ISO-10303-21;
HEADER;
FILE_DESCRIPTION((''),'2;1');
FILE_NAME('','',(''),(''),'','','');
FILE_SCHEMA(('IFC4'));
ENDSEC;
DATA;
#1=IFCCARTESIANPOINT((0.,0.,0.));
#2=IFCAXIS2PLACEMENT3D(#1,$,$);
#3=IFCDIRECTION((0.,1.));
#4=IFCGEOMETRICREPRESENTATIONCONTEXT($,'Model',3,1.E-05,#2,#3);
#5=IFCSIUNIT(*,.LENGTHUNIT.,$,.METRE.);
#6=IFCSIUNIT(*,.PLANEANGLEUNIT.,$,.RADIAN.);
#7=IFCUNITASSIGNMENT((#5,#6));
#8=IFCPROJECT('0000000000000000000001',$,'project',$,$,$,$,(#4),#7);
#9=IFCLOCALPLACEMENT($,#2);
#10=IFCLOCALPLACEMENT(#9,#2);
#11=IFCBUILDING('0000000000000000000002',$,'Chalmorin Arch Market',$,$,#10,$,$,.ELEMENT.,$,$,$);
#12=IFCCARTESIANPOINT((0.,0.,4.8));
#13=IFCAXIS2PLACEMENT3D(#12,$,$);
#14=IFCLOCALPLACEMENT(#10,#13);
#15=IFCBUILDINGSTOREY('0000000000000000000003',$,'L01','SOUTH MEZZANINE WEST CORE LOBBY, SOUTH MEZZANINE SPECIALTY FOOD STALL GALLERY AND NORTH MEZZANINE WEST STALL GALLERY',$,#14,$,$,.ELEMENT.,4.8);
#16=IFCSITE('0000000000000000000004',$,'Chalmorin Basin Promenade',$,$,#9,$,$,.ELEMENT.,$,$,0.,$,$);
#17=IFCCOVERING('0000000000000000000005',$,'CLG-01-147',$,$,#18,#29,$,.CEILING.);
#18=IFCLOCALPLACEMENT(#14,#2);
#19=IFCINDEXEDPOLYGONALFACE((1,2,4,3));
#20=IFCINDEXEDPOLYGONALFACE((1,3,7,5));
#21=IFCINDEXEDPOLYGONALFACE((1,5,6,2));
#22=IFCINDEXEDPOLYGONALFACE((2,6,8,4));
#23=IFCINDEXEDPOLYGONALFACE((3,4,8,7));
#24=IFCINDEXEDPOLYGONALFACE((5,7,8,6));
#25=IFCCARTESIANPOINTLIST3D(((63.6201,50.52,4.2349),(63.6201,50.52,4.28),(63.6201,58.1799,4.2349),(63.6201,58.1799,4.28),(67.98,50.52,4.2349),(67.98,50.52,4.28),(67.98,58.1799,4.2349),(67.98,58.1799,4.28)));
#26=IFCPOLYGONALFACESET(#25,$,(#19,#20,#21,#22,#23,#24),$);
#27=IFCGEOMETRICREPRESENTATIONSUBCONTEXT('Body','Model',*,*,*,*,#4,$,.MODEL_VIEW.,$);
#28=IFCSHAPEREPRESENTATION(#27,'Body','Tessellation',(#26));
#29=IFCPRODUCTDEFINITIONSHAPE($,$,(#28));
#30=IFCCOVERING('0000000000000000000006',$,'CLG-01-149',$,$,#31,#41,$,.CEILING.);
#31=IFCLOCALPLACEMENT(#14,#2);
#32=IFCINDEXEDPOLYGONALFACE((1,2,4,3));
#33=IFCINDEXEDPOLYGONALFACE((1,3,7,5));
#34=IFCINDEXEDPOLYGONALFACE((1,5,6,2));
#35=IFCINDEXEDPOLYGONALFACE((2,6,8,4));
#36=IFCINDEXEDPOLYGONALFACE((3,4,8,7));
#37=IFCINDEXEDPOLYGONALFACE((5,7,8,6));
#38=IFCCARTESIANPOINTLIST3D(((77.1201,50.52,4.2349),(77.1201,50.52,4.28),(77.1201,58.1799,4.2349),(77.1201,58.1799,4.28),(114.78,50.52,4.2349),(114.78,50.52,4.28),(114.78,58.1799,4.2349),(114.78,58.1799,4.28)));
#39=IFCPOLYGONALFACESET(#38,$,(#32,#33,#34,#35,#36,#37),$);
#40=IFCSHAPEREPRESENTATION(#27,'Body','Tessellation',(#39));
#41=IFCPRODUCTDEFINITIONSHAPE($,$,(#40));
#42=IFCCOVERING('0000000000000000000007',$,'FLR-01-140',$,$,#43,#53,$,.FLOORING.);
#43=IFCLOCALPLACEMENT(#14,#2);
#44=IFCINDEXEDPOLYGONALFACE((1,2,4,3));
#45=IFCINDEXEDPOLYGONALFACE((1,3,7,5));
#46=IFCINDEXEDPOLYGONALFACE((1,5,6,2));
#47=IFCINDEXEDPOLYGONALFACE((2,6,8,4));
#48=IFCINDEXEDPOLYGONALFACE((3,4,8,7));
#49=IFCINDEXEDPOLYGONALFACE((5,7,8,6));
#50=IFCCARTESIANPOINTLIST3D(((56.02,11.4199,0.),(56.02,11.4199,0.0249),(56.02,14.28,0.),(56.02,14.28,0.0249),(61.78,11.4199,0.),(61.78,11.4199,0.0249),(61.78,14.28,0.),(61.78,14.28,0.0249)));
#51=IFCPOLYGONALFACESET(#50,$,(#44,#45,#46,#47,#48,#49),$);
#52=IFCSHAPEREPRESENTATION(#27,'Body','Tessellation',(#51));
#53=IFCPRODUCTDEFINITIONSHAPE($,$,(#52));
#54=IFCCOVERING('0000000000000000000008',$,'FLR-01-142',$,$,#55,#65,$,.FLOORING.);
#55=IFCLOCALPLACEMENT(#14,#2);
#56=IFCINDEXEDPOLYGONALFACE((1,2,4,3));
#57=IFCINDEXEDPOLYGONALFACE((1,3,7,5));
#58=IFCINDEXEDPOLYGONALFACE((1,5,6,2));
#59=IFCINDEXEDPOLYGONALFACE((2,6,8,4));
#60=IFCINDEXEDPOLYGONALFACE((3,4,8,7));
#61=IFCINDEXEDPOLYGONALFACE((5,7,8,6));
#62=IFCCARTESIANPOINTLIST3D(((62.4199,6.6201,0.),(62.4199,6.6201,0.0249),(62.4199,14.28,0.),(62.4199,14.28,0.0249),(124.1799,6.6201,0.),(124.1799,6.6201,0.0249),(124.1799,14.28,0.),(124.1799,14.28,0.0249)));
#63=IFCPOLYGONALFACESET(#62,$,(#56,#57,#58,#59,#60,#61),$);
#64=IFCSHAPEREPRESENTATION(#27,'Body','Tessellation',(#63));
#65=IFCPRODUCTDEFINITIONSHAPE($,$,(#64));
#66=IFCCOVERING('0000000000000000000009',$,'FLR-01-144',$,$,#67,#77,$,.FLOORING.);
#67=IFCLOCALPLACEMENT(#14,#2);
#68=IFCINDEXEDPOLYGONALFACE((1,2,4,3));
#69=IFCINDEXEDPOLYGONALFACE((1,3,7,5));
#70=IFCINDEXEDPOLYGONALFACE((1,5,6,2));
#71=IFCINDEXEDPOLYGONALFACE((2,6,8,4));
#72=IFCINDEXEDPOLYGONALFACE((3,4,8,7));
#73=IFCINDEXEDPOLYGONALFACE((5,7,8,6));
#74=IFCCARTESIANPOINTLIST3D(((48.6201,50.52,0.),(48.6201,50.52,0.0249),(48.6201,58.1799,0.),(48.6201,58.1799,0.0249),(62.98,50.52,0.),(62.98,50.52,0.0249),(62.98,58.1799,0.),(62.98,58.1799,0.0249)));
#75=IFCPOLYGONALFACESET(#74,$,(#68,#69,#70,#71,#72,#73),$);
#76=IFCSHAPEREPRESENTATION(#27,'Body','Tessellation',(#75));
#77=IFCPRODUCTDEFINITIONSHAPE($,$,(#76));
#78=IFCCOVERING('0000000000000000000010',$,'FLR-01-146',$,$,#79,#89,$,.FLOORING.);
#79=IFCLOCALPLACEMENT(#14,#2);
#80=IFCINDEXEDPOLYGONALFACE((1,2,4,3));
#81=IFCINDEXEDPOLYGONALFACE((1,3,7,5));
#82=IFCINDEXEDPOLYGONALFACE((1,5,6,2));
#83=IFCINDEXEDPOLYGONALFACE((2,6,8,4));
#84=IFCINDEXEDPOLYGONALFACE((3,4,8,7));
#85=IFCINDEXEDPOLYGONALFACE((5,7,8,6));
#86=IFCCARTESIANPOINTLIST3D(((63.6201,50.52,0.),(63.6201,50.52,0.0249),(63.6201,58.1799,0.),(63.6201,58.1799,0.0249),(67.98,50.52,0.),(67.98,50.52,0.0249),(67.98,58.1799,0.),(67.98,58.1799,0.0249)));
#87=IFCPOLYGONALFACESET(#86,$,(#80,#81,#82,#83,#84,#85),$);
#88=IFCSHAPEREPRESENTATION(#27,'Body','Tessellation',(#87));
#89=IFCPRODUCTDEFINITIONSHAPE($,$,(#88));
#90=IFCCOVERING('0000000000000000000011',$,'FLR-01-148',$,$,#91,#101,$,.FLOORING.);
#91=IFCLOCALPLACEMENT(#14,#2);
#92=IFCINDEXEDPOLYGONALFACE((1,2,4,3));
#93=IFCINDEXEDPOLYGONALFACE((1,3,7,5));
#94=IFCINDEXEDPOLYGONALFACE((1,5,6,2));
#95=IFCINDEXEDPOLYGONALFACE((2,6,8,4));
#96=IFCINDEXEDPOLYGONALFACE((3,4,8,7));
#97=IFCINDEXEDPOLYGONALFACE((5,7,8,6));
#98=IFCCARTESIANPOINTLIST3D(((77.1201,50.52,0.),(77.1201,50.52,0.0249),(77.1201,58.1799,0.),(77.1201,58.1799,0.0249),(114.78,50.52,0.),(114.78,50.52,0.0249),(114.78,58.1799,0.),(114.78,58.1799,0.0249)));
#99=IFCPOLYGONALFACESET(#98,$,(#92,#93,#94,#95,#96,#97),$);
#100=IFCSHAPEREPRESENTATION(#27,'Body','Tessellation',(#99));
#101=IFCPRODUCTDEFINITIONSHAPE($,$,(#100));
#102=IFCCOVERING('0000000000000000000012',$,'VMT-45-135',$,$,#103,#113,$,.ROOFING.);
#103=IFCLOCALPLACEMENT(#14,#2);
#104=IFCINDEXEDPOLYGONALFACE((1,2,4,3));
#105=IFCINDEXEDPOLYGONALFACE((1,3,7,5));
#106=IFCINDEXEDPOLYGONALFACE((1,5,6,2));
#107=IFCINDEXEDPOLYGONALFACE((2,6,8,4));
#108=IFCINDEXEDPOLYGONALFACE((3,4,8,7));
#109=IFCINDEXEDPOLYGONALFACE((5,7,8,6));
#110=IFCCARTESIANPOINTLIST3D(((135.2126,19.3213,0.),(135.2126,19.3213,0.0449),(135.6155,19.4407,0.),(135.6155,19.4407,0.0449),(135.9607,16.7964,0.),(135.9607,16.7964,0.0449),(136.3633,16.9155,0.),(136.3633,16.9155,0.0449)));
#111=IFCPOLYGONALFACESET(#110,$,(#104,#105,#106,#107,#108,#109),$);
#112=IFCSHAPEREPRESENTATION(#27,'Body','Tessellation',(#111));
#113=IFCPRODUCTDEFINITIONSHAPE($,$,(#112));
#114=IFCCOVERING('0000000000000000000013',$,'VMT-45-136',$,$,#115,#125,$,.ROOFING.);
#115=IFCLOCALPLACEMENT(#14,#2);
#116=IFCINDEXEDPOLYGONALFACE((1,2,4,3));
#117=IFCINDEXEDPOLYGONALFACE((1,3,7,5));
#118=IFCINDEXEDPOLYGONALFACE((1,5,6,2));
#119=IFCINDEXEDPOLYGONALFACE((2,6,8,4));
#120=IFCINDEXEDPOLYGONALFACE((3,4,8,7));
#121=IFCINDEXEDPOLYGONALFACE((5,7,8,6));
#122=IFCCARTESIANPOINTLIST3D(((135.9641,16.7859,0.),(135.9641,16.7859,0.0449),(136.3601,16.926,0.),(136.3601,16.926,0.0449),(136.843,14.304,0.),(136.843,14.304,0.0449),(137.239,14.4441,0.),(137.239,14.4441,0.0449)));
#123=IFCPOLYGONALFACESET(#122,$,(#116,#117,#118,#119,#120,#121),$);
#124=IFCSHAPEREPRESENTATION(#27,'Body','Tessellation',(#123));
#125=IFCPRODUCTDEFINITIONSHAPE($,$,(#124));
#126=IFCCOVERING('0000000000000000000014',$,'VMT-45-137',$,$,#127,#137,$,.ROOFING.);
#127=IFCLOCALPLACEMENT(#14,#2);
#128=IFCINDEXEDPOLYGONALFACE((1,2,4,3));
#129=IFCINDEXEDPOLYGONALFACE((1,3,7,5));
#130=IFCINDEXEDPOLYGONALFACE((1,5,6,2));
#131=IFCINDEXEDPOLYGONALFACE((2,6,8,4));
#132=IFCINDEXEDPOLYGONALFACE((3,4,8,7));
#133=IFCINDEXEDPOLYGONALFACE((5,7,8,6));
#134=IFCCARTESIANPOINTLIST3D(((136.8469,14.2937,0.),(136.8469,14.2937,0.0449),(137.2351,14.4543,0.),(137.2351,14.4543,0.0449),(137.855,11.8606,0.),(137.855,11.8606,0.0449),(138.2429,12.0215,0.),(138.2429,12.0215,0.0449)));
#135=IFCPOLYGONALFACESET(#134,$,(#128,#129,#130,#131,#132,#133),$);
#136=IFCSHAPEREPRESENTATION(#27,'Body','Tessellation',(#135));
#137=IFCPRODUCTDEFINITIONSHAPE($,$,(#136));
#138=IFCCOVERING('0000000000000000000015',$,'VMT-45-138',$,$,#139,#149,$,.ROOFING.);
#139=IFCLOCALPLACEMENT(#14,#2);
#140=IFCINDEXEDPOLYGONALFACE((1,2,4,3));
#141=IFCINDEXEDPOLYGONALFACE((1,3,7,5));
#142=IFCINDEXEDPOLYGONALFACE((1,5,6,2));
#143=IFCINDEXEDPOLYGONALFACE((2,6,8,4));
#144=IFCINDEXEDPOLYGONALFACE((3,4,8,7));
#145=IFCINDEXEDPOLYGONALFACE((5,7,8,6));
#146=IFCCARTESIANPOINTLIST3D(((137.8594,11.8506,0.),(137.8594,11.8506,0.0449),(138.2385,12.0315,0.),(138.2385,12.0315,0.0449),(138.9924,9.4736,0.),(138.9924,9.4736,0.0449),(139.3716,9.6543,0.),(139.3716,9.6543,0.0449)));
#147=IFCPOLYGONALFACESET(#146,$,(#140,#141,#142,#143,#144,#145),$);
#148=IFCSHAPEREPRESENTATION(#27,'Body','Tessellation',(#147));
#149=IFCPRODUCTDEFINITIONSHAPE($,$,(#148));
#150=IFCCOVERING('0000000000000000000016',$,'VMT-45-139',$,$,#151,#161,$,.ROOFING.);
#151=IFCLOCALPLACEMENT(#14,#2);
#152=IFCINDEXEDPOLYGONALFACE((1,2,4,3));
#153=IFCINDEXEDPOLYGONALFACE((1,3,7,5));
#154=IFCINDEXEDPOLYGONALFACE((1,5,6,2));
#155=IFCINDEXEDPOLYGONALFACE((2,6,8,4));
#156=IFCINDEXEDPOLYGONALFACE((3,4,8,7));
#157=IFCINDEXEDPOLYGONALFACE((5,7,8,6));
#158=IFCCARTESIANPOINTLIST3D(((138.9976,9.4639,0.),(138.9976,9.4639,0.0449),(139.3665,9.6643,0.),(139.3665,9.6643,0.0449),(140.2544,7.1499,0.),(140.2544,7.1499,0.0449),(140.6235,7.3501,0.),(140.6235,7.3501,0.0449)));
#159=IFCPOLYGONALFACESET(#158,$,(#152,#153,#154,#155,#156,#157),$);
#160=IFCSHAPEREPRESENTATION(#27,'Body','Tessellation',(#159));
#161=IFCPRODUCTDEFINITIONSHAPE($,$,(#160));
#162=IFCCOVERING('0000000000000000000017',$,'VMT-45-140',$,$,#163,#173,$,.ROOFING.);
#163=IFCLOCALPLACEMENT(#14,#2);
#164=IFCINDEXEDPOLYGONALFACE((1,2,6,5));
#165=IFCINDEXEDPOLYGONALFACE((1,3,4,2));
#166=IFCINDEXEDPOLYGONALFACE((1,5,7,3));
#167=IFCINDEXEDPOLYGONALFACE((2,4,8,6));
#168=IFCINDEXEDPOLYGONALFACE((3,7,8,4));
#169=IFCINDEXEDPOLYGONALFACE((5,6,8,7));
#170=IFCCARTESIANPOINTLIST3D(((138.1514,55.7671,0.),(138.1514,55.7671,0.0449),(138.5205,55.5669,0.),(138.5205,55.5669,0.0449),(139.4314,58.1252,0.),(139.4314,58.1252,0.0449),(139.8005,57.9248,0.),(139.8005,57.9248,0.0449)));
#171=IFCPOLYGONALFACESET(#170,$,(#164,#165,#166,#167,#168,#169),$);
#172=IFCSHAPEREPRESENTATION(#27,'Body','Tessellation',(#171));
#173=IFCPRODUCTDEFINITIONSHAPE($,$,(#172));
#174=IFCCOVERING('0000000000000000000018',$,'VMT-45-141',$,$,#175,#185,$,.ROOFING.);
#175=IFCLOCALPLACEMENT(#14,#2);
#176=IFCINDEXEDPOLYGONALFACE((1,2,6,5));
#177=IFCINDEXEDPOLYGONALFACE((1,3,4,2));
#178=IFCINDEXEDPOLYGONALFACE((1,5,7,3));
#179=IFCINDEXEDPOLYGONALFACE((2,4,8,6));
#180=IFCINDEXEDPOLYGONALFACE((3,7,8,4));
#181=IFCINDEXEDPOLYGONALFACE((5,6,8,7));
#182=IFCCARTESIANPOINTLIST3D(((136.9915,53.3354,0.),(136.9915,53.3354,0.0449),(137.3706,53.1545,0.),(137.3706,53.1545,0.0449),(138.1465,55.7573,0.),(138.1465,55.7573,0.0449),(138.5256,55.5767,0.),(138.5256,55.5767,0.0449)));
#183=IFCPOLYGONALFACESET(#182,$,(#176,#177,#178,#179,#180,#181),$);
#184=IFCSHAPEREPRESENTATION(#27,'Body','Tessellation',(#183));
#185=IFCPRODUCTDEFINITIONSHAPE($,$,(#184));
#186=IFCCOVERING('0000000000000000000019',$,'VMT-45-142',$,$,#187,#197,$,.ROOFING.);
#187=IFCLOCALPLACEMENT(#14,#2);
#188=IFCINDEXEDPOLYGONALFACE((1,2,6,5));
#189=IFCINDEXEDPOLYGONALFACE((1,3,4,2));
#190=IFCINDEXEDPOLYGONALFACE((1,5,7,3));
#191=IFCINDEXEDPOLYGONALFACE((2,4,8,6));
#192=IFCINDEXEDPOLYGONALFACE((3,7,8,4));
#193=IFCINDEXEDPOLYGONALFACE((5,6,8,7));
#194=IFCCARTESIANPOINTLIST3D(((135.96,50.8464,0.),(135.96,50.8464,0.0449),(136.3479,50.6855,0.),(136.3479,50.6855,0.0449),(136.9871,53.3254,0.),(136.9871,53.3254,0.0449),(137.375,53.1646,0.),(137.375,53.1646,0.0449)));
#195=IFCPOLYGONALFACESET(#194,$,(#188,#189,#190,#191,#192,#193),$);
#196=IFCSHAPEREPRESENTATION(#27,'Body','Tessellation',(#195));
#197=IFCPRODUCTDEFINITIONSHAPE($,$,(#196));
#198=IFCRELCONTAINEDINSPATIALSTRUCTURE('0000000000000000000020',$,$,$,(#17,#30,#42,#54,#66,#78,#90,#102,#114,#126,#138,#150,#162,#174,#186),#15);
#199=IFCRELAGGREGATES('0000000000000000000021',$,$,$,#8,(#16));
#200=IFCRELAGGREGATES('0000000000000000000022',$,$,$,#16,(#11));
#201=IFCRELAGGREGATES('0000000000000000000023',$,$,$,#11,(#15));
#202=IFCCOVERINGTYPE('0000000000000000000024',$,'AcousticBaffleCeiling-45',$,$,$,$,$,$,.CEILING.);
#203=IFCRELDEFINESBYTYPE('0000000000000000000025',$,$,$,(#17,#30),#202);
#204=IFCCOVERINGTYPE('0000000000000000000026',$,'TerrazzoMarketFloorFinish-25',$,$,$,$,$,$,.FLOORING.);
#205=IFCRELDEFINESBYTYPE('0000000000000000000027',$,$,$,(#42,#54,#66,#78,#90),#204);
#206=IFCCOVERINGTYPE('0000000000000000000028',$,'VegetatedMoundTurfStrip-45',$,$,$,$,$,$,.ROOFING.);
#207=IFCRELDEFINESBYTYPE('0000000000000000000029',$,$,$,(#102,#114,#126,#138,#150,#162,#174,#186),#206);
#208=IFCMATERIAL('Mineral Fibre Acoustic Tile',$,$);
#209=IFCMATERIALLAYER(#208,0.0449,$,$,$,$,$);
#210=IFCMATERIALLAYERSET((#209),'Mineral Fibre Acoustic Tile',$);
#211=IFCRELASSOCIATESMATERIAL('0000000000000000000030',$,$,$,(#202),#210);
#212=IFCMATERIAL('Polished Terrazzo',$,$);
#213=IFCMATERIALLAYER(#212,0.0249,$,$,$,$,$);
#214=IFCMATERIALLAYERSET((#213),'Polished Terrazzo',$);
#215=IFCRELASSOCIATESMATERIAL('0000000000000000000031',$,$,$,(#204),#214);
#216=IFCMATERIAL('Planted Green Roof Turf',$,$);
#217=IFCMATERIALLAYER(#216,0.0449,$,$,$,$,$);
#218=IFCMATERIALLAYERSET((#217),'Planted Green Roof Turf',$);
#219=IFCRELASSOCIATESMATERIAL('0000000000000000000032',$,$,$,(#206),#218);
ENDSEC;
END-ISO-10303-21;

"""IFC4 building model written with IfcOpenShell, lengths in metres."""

from ifc_helpers import new_model, si_unit, direction, frame, origin, place, context, subcontext, project, spatial, polyline, outline, extrude, material, layer, layer_set, type_object, element, save


model = new_model("IFC4")

# Units and contexts
model_context = context("Model", 3, precision=1e-05, world=origin(), true_north=direction((0.0, 1.0)))
body_context = subcontext(model_context, "Body", "Model", "MODEL_VIEW")
ifc_project = project(units=[si_unit("LENGTHUNIT", "METRE"), si_unit("PLANEANGLEUNIT", "RADIAN")], contexts=[model_context])

# Site, building, storey
site_placement = place(None, origin())
site = spatial("IfcSite", under=ifc_project, at=site_placement, Name="Chalmorin Basin Promenade", CompositionType="ELEMENT", RefElevation=0.0)
building_placement = place(site_placement, origin())
building = spatial("IfcBuilding", under=site, at=building_placement, Name="Chalmorin Arch Market", CompositionType="ELEMENT")
storey_placement = place(building_placement, frame((0.0, 0.0, 4.8)))
storey = spatial("IfcBuildingStorey", under=building, at=storey_placement, Name="L01", Description="SOUTH MEZZANINE WEST CORE LOBBY, SOUTH MEZZANINE SPECIALTY FOOD STALL GALLERY AND NORTH MEZZANINE WEST STALL GALLERY", CompositionType="ELEMENT", Elevation=4.8)

# Coverings
ifc_material_1 = material(Name="Mineral Fibre Acoustic Tile")
ifc_layer_1 = layer(ifc_material_1, 0.0449)
ifc_layer_set_1 = layer_set([ifc_layer_1], Name="Mineral Fibre Acoustic Tile")
covering_type_1 = type_object("IfcCoveringType", Name="AcousticBaffleCeiling-45", PredefinedType="CEILING", material=ifc_layer_set_1)
covering_1_placement = place(storey_placement, frame((0.0, 0.0, 4.2349)))
element("IfcCovering", 1, at=covering_1_placement, inside=storey, type_object=covering_type_1, Name="CLG-01-147", PredefinedType="CEILING", context=body_context, shape_type="SweptSolid", body=[
    extrude(outline(polyline([(63.6201, 50.52), (67.98, 50.52), (67.98, 58.1799), (63.6201, 58.1799), (63.6201, 50.52)])), origin(), (0.0, 0.0, 1.0), 0.0452),
])
covering_2_placement = place(storey_placement, frame((0.0, 0.0, 4.2349)))
element("IfcCovering", 2, at=covering_2_placement, inside=storey, type_object=covering_type_1, Name="CLG-01-149", PredefinedType="CEILING", context=body_context, shape_type="SweptSolid", body=[
    extrude(outline(polyline([(77.1201, 50.52), (114.78, 50.52), (114.78, 58.1799), (77.1201, 58.1799), (77.1201, 50.52)])), origin(), (0.0, 0.0, 1.0), 0.0452),
])
ifc_material_2 = material(Name="Polished Terrazzo")
ifc_layer_2 = layer(ifc_material_2, 0.0249)
ifc_layer_set_2 = layer_set([ifc_layer_2], Name="Polished Terrazzo")
covering_type_2 = type_object("IfcCoveringType", Name="TerrazzoMarketFloorFinish-25", PredefinedType="FLOORING", material=ifc_layer_set_2)
covering_3_placement = place(storey_placement, origin())
element("IfcCovering", 3, at=covering_3_placement, inside=storey, type_object=covering_type_2, Name="FLR-01-140", PredefinedType="FLOORING", context=body_context, shape_type="SweptSolid", body=[
    extrude(outline(polyline([(56.02, 11.4199), (61.78, 11.4199), (61.78, 14.28), (56.02, 14.28), (56.02, 11.4199)])), origin(), (0.0, 0.0, 1.0), 0.0249),
])
covering_4_placement = place(storey_placement, origin())
element("IfcCovering", 4, at=covering_4_placement, inside=storey, type_object=covering_type_2, Name="FLR-01-142", PredefinedType="FLOORING", context=body_context, shape_type="SweptSolid", body=[
    extrude(outline(polyline([(62.4199, 6.6201), (124.1799, 6.6201), (124.1799, 14.28), (62.4199, 14.28), (62.4199, 6.6201)])), origin(), (0.0, 0.0, 1.0), 0.0249),
])
covering_5_placement = place(storey_placement, origin())
element("IfcCovering", 5, at=covering_5_placement, inside=storey, type_object=covering_type_2, Name="FLR-01-144", PredefinedType="FLOORING", context=body_context, shape_type="SweptSolid", body=[
    extrude(outline(polyline([(48.6201, 50.52), (62.98, 50.52), (62.98, 58.1799), (48.6201, 58.1799), (48.6201, 50.52)])), origin(), (0.0, 0.0, 1.0), 0.0249),
])
covering_6_placement = place(storey_placement, origin())
element("IfcCovering", 6, at=covering_6_placement, inside=storey, type_object=covering_type_2, Name="FLR-01-146", PredefinedType="FLOORING", context=body_context, shape_type="SweptSolid", body=[
    extrude(outline(polyline([(63.6201, 50.52), (67.98, 50.52), (67.98, 58.1799), (63.6201, 58.1799), (63.6201, 50.52)])), origin(), (0.0, 0.0, 1.0), 0.0249),
])
covering_7_placement = place(storey_placement, origin())
element("IfcCovering", 7, at=covering_7_placement, inside=storey, type_object=covering_type_2, Name="FLR-01-148", PredefinedType="FLOORING", context=body_context, shape_type="SweptSolid", body=[
    extrude(outline(polyline([(77.1201, 50.52), (114.78, 50.52), (114.78, 58.1799), (77.1201, 58.1799), (77.1201, 50.52)])), origin(), (0.0, 0.0, 1.0), 0.0249),
])
ifc_material_3 = material(Name="Planted Green Roof Turf")
ifc_layer_3 = layer(ifc_material_3, 0.0449)
ifc_layer_set_3 = layer_set([ifc_layer_3], Name="Planted Green Roof Turf")
covering_type_3 = type_object("IfcCoveringType", Name="VegetatedMoundTurfStrip-45", PredefinedType="ROOFING", material=ifc_layer_set_3)
covering_8_placement = place(storey_placement, origin())
element("IfcCovering", 8, at=covering_8_placement, inside=storey, type_object=covering_type_3, Name="VMT-45-135", PredefinedType="ROOFING", context=body_context, shape_type="SweptSolid", body=[
    extrude(outline(polyline([(135.2126, 19.3213), (135.9607, 16.7964), (136.3633, 16.9155), (135.6155, 19.4407), (135.2126, 19.3213)])), origin(), (0.0, 0.0, 1.0), 0.0449),
])
covering_9_placement = place(storey_placement, origin())
element("IfcCovering", 9, at=covering_9_placement, inside=storey, type_object=covering_type_3, Name="VMT-45-136", PredefinedType="ROOFING", context=body_context, shape_type="SweptSolid", body=[
    extrude(outline(polyline([(135.9641, 16.7859), (136.843, 14.304), (137.239, 14.4441), (136.3601, 16.926), (135.9641, 16.7859)])), origin(), (0.0, 0.0, 1.0), 0.0449),
])
covering_10_placement = place(storey_placement, origin())
element("IfcCovering", 10, at=covering_10_placement, inside=storey, type_object=covering_type_3, Name="VMT-45-137", PredefinedType="ROOFING", context=body_context, shape_type="SweptSolid", body=[
    extrude(outline(polyline([(136.8469, 14.2937), (137.855, 11.8606), (138.2429, 12.0215), (137.2351, 14.4543), (136.8469, 14.2937)])), origin(), (0.0, 0.0, 1.0), 0.0449),
])
covering_11_placement = place(storey_placement, origin())
element("IfcCovering", 11, at=covering_11_placement, inside=storey, type_object=covering_type_3, Name="VMT-45-138", PredefinedType="ROOFING", context=body_context, shape_type="SweptSolid", body=[
    extrude(outline(polyline([(137.8594, 11.8506), (138.9924, 9.4736), (139.3716, 9.6543), (138.2385, 12.0315), (137.8594, 11.8506)])), origin(), (0.0, 0.0, 1.0), 0.0449),
])
covering_12_placement = place(storey_placement, origin())
element("IfcCovering", 12, at=covering_12_placement, inside=storey, type_object=covering_type_3, Name="VMT-45-139", PredefinedType="ROOFING", context=body_context, shape_type="SweptSolid", body=[
    extrude(outline(polyline([(138.9976, 9.4639), (140.2544, 7.1499), (140.6235, 7.3501), (139.3665, 9.6643), (138.9976, 9.4639)])), origin(), (0.0, 0.0, 1.0), 0.0449),
])
covering_13_placement = place(storey_placement, origin())
element("IfcCovering", 13, at=covering_13_placement, inside=storey, type_object=covering_type_3, Name="VMT-45-140", PredefinedType="ROOFING", context=body_context, shape_type="SweptSolid", body=[
    extrude(outline(polyline([(139.4314, 58.1252), (138.1514, 55.7671), (138.5205, 55.5669), (139.8005, 57.9248), (139.4314, 58.1252)])), origin(), (0.0, 0.0, 1.0), 0.0449),
])
covering_14_placement = place(storey_placement, origin())
element("IfcCovering", 14, at=covering_14_placement, inside=storey, type_object=covering_type_3, Name="VMT-45-141", PredefinedType="ROOFING", context=body_context, shape_type="SweptSolid", body=[
    extrude(outline(polyline([(138.1465, 55.7573), (136.9915, 53.3354), (137.3706, 53.1545), (138.5256, 55.5767), (138.1465, 55.7573)])), origin(), (0.0, 0.0, 1.0), 0.0449),
])
covering_15_placement = place(storey_placement, origin())
element("IfcCovering", 15, at=covering_15_placement, inside=storey, type_object=covering_type_3, Name="VMT-45-142", PredefinedType="ROOFING", context=body_context, shape_type="SweptSolid", body=[
    extrude(outline(polyline([(136.9871, 53.3254), (135.96, 50.8464), (136.3479, 50.6855), (137.375, 53.1646), (136.9871, 53.3254)])), origin(), (0.0, 0.0, 1.0), 0.0449),
])

save(model, "model.ifc")
